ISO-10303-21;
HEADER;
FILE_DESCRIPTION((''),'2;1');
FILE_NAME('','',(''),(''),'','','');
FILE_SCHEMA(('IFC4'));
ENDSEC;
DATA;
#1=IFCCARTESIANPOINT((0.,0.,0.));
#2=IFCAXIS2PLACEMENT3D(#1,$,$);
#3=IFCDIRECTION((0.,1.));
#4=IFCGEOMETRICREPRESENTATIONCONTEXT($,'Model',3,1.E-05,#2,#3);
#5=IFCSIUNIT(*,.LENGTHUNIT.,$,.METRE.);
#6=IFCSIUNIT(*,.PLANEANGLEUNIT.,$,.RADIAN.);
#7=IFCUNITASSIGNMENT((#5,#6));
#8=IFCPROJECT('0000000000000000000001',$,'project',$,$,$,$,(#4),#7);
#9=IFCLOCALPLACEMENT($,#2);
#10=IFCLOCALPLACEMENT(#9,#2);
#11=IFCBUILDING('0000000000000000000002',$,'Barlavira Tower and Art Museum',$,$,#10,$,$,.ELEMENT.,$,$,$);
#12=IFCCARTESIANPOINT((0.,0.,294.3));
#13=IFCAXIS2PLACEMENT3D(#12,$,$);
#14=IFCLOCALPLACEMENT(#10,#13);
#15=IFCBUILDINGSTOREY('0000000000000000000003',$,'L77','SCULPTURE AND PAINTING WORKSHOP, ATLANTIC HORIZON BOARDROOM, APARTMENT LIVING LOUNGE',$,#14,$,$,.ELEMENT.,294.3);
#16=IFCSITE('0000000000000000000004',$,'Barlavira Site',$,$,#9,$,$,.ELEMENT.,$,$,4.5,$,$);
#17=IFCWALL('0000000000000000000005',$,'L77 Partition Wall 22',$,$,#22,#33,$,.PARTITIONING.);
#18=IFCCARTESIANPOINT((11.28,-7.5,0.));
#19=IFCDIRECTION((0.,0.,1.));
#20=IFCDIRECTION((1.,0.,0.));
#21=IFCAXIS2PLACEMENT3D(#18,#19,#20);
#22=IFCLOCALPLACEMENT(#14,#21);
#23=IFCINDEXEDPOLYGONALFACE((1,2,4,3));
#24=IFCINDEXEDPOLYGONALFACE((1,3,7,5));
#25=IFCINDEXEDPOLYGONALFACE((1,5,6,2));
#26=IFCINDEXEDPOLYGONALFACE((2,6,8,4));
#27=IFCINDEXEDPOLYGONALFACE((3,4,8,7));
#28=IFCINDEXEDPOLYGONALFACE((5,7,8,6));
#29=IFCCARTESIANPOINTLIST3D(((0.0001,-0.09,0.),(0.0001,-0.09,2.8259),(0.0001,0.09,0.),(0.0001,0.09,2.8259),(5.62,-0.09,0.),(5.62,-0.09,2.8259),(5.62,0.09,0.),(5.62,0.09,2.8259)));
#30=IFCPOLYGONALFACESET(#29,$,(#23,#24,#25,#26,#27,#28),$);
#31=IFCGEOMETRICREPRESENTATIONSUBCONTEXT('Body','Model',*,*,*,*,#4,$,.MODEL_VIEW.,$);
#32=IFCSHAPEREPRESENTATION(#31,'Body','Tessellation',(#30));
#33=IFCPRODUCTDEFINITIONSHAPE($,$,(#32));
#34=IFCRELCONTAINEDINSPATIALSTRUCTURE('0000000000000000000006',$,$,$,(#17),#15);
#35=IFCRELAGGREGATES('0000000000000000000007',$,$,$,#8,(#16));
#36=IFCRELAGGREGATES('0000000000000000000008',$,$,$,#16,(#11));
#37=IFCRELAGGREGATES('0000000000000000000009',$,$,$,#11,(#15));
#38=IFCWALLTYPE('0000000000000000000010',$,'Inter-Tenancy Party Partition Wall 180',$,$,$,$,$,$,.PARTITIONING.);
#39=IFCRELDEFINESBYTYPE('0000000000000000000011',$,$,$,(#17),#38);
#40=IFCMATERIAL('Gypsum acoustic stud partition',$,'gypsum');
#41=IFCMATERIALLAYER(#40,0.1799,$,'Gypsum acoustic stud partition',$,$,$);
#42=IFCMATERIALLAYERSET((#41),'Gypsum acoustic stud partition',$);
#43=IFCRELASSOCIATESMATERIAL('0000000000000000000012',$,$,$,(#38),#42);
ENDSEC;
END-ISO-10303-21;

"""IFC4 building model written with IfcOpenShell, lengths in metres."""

from ifc_helpers import new_model, si_unit, direction, frame, frame_2d, origin, place, context, subcontext, project, spatial, rectangle, extrude, material, layer, layer_set, type_object, element, save


model = new_model("IFC4")

# Units and contexts
model_context = context("Model", 3, precision=1e-05, world=origin(), true_north=direction((0.0, 1.0)))
body_context = subcontext(model_context, "Body", "Model", "MODEL_VIEW")
ifc_project = project(units=[si_unit("LENGTHUNIT", "METRE"), si_unit("PLANEANGLEUNIT", "RADIAN")], contexts=[model_context])

# Site, building, storey
site_placement = place(None, origin())
site = spatial("IfcSite", under=ifc_project, at=site_placement, Name="Barlavira Site", CompositionType="ELEMENT", RefElevation=4.5)
building_placement = place(site_placement, origin())
building = spatial("IfcBuilding", under=site, at=building_placement, Name="Barlavira Tower and Art Museum", CompositionType="ELEMENT")
storey_placement = place(building_placement, frame((0.0, 0.0, 294.3)))
storey = spatial("IfcBuildingStorey", under=building, at=storey_placement, Name="L77", Description="SCULPTURE AND PAINTING WORKSHOP, ATLANTIC HORIZON BOARDROOM, APARTMENT LIVING LOUNGE", CompositionType="ELEMENT", Elevation=294.3)

# Shared definitions
ifc_material_1 = material(Name="Gypsum acoustic stud partition", Category="gypsum")

# Wall
ifc_layer_1 = layer(ifc_material_1, 0.1799, Name="Gypsum acoustic stud partition")
ifc_layer_set_1 = layer_set([ifc_layer_1], Name="Gypsum acoustic stud partition")
wall_type_1 = type_object("IfcWallType", Name="Inter-Tenancy Party Partition Wall 180", PredefinedType="PARTITIONING", material=ifc_layer_set_1)
wall_1_placement = place(storey_placement, frame((11.28, -7.5, 0.0), z_axis=(0.0, 0.0, 1.0), x_axis=(1.0, 0.0, 0.0)))
element("IfcWall", 1, at=wall_1_placement, inside=storey, type_object=wall_type_1, Name="L77 Partition Wall 22", PredefinedType="PARTITIONING", context=body_context, shape_type="SweptSolid", body=[
    extrude(rectangle(XDim=5.6199, YDim=0.1799, at=frame_2d((2.8101, 0.0))), origin(), (0.0, 0.0, 1.0), 2.8259),
])

save(model, "model.ifc")
